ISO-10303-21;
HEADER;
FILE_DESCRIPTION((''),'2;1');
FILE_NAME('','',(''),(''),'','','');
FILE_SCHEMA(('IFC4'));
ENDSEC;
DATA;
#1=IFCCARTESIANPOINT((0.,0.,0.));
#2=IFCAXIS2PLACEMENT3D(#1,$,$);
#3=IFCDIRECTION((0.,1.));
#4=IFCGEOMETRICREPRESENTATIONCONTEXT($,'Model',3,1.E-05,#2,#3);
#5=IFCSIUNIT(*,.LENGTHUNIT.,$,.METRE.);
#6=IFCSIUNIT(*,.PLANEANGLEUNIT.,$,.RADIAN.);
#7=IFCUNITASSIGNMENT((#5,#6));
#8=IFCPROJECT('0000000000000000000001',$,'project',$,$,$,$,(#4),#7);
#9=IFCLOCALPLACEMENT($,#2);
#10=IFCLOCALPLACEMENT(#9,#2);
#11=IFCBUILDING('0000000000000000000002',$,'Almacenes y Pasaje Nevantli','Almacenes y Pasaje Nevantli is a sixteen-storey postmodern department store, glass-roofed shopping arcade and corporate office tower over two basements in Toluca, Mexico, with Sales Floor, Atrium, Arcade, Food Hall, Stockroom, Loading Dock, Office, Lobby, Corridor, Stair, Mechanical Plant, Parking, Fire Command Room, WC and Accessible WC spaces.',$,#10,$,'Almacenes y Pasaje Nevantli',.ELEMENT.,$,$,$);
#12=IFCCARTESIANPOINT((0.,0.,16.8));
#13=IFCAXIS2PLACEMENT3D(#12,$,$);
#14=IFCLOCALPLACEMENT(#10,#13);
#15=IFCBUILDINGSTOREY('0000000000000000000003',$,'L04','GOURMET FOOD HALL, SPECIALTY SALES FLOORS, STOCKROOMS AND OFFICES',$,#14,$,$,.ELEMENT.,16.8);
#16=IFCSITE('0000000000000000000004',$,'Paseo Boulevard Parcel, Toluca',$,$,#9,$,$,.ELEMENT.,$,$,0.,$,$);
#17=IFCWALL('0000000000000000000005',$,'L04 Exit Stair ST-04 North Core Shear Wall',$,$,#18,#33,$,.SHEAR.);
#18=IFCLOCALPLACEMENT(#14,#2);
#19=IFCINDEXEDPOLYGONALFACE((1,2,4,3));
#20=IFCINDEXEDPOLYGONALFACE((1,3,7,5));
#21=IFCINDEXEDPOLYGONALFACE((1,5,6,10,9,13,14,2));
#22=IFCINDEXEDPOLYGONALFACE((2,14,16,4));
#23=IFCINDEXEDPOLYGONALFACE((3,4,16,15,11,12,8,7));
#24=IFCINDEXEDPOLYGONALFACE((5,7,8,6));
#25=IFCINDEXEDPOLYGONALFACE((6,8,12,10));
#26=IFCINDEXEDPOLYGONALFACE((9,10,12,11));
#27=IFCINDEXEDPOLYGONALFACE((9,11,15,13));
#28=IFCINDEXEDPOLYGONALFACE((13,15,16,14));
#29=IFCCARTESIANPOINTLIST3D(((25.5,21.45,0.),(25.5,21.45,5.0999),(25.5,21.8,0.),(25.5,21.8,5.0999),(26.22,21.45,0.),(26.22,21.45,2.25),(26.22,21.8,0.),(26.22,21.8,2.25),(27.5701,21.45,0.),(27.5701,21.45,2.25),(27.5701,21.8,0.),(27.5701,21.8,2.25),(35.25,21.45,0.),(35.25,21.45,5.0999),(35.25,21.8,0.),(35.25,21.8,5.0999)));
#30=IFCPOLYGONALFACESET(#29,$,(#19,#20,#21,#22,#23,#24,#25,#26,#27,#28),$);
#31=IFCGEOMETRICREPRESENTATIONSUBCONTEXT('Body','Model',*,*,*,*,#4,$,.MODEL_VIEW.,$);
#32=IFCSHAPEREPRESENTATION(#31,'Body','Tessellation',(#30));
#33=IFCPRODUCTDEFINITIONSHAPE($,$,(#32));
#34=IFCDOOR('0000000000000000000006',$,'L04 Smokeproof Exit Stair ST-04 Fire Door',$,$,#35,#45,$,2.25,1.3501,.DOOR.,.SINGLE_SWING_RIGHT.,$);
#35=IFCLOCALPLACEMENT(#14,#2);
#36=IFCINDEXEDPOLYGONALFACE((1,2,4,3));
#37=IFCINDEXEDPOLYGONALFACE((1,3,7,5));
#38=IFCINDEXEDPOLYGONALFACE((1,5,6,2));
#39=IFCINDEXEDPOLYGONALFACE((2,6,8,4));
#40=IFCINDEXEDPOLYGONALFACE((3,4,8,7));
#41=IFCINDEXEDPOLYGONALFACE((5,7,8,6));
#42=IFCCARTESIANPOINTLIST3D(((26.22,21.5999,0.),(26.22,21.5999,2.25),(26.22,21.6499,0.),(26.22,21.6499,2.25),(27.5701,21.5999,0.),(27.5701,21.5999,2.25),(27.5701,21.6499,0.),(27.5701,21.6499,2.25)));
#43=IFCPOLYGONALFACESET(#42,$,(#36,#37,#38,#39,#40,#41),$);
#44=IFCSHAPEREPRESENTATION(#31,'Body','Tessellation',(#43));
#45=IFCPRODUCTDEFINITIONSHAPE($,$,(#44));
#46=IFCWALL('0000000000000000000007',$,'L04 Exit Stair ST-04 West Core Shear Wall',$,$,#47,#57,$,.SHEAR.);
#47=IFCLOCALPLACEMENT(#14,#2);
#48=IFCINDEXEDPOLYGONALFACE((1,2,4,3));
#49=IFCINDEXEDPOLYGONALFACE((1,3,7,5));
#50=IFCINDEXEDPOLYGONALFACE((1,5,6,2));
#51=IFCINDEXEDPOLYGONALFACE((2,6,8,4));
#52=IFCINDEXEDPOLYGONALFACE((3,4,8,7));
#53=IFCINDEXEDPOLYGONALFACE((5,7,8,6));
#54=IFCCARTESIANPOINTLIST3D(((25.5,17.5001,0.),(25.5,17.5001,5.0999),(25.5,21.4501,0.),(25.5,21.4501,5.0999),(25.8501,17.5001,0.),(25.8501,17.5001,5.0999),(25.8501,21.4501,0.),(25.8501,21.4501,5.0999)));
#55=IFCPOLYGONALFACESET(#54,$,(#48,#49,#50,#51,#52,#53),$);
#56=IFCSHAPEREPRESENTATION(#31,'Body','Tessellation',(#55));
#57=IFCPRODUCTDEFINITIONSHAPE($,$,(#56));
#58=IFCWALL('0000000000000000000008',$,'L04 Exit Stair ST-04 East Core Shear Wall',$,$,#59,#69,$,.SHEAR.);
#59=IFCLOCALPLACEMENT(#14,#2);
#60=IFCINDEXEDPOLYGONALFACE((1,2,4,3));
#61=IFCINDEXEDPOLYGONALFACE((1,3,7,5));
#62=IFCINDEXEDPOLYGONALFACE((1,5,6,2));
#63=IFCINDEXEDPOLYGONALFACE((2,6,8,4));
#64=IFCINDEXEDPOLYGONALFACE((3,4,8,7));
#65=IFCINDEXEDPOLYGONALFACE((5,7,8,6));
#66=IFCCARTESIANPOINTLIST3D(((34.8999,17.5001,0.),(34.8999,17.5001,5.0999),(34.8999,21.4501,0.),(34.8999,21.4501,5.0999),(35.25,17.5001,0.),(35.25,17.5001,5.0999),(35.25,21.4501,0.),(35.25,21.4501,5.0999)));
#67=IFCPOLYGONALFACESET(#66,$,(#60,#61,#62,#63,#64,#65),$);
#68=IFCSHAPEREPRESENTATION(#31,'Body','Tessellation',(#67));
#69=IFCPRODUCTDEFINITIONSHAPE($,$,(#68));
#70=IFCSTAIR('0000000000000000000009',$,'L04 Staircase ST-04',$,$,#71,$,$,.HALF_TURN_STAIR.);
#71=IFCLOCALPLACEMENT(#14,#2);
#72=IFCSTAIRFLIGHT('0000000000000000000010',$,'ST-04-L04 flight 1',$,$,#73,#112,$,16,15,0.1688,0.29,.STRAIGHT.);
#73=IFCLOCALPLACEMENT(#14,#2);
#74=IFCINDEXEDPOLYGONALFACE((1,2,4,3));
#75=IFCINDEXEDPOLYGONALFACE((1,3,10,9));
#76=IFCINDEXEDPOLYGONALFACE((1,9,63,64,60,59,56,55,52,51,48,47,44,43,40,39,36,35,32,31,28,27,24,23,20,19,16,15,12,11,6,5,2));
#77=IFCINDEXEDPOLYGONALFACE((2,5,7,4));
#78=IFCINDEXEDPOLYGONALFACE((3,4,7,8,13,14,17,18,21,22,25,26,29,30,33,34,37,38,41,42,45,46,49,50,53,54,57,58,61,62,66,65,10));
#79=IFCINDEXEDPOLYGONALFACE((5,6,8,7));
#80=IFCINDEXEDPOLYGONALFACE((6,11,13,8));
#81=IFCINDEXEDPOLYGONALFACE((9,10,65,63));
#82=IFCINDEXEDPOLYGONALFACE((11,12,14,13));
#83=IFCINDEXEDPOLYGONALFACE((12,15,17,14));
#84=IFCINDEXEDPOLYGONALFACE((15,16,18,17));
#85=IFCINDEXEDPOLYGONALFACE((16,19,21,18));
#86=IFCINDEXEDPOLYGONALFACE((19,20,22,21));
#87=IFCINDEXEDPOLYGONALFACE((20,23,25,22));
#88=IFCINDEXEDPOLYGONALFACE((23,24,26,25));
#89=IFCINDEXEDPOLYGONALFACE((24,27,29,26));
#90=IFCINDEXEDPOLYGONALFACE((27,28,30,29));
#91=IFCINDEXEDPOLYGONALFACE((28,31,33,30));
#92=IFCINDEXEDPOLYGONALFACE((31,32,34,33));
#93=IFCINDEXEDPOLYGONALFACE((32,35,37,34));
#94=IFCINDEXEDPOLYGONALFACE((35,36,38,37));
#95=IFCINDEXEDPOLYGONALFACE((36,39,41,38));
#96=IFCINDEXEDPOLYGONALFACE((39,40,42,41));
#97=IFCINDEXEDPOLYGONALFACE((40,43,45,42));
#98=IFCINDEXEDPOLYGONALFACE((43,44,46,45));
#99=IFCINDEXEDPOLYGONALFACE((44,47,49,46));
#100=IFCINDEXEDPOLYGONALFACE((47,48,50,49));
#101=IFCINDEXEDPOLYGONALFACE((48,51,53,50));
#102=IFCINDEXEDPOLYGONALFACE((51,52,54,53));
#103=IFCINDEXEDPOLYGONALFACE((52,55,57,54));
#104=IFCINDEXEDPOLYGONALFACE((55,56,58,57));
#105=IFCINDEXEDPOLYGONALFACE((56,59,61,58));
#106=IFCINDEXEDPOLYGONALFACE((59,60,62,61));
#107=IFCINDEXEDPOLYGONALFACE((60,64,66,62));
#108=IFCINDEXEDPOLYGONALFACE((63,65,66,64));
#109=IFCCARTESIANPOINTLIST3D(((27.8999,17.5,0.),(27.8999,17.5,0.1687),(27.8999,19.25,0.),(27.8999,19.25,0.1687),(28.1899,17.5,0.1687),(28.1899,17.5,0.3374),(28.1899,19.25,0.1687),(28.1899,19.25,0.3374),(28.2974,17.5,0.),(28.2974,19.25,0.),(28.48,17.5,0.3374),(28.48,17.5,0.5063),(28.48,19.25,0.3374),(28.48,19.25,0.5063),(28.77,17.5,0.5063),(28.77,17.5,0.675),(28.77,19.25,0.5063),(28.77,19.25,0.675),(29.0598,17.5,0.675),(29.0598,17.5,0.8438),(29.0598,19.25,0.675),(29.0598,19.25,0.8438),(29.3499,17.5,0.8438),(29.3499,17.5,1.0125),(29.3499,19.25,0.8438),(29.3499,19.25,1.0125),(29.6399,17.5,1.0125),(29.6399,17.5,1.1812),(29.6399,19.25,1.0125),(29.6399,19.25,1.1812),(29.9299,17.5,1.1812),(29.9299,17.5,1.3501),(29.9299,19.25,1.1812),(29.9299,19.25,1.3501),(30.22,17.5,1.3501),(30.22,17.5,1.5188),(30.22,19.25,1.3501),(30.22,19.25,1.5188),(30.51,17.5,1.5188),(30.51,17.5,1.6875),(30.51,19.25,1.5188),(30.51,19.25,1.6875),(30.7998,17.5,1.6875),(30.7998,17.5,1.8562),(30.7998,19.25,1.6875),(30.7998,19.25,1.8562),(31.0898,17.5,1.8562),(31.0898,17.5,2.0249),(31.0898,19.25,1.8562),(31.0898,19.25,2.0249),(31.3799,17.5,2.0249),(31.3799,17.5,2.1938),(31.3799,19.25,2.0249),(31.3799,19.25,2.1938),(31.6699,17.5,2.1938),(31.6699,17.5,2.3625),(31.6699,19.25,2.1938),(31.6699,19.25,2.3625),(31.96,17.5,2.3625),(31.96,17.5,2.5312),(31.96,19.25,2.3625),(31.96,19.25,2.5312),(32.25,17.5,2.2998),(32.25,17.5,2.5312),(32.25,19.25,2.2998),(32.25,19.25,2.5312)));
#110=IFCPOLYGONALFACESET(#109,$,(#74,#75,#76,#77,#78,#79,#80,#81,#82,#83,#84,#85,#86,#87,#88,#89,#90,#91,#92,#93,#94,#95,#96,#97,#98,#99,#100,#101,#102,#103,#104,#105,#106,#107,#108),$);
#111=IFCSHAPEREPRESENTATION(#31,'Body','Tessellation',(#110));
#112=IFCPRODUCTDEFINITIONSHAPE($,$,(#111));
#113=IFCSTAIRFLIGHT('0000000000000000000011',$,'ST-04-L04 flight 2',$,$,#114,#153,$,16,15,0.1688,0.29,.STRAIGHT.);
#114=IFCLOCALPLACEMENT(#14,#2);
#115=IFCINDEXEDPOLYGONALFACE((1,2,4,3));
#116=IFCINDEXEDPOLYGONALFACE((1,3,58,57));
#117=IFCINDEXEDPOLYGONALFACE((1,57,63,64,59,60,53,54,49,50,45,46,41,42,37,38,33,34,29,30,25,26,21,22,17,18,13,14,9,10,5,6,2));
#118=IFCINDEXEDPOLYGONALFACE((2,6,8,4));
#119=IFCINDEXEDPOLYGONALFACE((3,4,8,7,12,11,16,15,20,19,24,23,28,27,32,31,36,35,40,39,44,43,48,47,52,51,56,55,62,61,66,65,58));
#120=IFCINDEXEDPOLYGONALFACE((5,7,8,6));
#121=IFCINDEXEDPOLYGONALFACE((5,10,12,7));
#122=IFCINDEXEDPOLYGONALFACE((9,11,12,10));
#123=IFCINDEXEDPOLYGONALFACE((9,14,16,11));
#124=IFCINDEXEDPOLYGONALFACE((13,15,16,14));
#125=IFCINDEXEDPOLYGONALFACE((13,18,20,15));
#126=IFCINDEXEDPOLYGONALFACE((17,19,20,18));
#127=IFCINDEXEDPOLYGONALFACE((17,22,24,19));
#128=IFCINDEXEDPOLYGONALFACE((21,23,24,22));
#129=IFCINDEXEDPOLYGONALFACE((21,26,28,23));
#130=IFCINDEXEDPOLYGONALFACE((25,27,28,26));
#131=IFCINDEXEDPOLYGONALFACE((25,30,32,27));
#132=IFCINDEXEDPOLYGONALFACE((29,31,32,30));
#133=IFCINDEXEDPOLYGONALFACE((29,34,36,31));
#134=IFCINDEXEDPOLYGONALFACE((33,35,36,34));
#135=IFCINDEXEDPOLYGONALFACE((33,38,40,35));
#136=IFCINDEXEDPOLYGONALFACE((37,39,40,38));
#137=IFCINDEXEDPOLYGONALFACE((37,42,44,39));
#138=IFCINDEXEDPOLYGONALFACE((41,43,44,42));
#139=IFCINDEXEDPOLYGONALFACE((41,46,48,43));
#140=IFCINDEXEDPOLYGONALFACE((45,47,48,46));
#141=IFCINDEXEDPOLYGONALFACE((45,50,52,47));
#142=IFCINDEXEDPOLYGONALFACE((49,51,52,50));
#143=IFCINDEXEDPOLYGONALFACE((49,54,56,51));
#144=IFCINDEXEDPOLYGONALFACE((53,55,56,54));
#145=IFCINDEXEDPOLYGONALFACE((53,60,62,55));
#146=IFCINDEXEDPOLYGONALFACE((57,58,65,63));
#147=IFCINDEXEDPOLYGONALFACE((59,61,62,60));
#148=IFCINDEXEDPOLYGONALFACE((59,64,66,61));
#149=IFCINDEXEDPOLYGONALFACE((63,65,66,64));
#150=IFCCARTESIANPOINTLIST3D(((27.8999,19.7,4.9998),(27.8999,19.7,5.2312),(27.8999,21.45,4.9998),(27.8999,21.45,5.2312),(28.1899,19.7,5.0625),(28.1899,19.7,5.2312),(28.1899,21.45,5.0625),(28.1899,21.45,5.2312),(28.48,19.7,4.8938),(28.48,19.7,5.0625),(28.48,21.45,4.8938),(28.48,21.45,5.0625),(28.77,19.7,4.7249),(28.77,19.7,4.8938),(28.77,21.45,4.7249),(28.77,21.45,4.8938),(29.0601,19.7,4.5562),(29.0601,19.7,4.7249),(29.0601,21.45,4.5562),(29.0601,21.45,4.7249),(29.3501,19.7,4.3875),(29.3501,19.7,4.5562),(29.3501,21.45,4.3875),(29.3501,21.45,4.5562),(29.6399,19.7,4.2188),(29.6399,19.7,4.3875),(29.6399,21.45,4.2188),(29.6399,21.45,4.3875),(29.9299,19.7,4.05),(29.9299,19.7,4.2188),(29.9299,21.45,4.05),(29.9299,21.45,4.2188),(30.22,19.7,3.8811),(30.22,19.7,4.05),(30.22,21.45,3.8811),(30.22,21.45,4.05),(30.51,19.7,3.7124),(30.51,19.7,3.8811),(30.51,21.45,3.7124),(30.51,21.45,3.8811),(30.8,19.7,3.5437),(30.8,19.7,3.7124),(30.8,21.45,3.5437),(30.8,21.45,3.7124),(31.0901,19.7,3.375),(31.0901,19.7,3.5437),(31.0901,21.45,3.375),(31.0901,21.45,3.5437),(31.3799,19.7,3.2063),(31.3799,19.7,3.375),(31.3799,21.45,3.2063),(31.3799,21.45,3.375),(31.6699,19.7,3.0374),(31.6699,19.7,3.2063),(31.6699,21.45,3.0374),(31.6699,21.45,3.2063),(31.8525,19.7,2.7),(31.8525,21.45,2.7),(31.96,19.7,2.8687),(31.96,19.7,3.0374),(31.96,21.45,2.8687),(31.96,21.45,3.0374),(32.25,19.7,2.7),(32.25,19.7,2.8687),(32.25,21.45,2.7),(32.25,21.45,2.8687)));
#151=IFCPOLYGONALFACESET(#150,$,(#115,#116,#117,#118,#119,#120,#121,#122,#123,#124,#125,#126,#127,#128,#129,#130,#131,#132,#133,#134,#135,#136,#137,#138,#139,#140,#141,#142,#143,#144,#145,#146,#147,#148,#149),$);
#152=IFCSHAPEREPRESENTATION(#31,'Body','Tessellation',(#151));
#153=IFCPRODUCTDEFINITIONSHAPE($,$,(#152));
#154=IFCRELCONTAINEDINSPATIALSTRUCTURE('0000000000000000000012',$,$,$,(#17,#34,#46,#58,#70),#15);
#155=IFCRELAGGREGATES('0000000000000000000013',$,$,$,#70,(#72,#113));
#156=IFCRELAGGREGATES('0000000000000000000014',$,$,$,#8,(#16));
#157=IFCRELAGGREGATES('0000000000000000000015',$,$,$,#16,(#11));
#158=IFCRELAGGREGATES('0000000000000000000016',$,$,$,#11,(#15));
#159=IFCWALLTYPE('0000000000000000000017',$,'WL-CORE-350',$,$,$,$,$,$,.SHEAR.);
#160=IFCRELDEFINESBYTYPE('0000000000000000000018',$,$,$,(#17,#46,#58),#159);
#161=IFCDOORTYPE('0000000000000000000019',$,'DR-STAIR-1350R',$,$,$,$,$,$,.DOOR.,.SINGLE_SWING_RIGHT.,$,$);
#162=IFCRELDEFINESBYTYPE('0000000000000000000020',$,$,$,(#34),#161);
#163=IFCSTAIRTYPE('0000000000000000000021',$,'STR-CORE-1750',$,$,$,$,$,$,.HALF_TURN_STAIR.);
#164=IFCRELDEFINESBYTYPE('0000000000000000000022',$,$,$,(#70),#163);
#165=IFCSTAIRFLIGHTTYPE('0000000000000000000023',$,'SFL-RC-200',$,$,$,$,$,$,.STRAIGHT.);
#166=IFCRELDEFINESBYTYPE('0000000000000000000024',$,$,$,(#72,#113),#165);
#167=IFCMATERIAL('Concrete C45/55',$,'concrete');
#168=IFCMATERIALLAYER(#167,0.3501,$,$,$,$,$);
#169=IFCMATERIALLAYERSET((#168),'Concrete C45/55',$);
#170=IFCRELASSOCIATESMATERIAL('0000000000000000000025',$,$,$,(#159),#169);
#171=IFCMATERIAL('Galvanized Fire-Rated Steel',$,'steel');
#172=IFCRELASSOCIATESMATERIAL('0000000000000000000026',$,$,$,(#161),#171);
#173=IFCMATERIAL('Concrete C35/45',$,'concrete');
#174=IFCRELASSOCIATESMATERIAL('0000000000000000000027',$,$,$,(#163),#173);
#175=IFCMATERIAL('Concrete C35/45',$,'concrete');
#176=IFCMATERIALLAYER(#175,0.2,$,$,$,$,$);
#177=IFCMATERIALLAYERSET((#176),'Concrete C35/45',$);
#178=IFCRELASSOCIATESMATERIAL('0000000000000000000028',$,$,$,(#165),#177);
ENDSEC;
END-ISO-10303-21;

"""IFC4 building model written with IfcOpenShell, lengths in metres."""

from ifc_helpers import new_model, si_unit, direction, frame, frame_2d, origin, place, context, subcontext, project, spatial, polyline, rectangle, outline, extrude, material, layer, layer_set, type_object, element, fill, aggregate, save


model = new_model("IFC4")

# Units and contexts
model_context = context("Model", 3, precision=1e-05, world=origin(), true_north=direction((0.0, 1.0)))
body_context = subcontext(model_context, "Body", "Model", "MODEL_VIEW")
ifc_project = project(units=[si_unit("LENGTHUNIT", "METRE"), si_unit("PLANEANGLEUNIT", "RADIAN")], contexts=[model_context])

# Site, building, storey
site_placement = place(None, origin())
site = spatial("IfcSite", under=ifc_project, at=site_placement, Name="Paseo Boulevard Parcel, Toluca", CompositionType="ELEMENT", RefElevation=0.0)
building_placement = place(site_placement, origin())
building = spatial("IfcBuilding", under=site, at=building_placement, Name="Almacenes y Pasaje Nevantli", Description="Almacenes y Pasaje Nevantli is a sixteen-storey postmodern department store, glass-roofed shopping arcade and corporate office tower over two basements in Toluca, Mexico, with Sales Floor, Atrium, Arcade, Food Hall, Stockroom, Loading Dock, Office, Lobby, Corridor, Stair, Mechanical Plant, Parking, Fire Command Room, WC and Accessible WC spaces.", LongName="Almacenes y Pasaje Nevantli", CompositionType="ELEMENT")
storey_placement = place(building_placement, frame((0.0, 0.0, 16.8)))
storey = spatial("IfcBuildingStorey", under=building, at=storey_placement, Name="L04", Description="GOURMET FOOD HALL, SPECIALTY SALES FLOORS, STOCKROOMS AND OFFICES", CompositionType="ELEMENT", Elevation=16.8)

# Shared definitions
ifc_material_1 = material(Name="Concrete C45/55", Category="concrete")
ifc_layer_1 = layer(ifc_material_1, 0.3501)
ifc_layer_set_1 = layer_set([ifc_layer_1], Name="Concrete C45/55")
wall_type = type_object("IfcWallType", Name="WL-CORE-350", PredefinedType="SHEAR", material=ifc_layer_set_1)

# Wall, opening, door
wall_1_placement = place(storey_placement, frame((25.5, 21.625, 0.0), z_axis=(0.0, 0.0, 1.0), x_axis=(1.0, 0.0, 0.0)))
wall_1 = element("IfcWall", 1, at=wall_1_placement, inside=storey, type_object=wall_type, Name="L04 Exit Stair ST-04 North Core Shear Wall", PredefinedType="SHEAR", context=body_context, shape_type="SweptSolid", body=[
    extrude(rectangle(XDim=9.75, YDim=0.3501, at=frame_2d((4.875, 0.0))), origin(), (0.0, 0.0, 1.0), 5.0999),
])
opening_placement = place(wall_1_placement, frame((0.72, 0.0, 0.0)))
opening = element("IfcOpeningElement", 2, at=opening_placement, cuts=wall_1, PredefinedType="OPENING", context=body_context, shape_type="SweptSolid", body=[
    extrude(rectangle(XDim=1.3501, YDim=2.25, at=frame_2d((0.675, 1.125))), frame((0.0, 0.1851, 0.0), z_axis=(0.0, -1.0, 0.0), x_axis=(1.0, 0.0, 0.0)), (0.0, 0.0, 1.0), 0.3701),
])
ifc_material_2 = material(Name="Galvanized Fire-Rated Steel", Category="steel")
door_type = type_object("IfcDoorType", Name="DR-STAIR-1350R", OperationType="SINGLE_SWING_RIGHT", PredefinedType="DOOR", material=ifc_material_2)
door_placement = place(opening_placement, origin())
door = element("IfcDoor", 3, at=door_placement, inside=storey, type_object=door_type, Name="L04 Smokeproof Exit Stair ST-04 Fire Door", OperationType="SINGLE_SWING_RIGHT", OverallHeight=2.25, OverallWidth=1.3501, PredefinedType="DOOR", context=body_context, shape_type="SweptSolid", body=[
    extrude(rectangle(XDim=1.3501, YDim=2.25, at=frame_2d((0.675, 1.125))), frame((0.0, 0.0249, 0.0), z_axis=(0.0, -1.0, 0.0), x_axis=(1.0, 0.0, 0.0)), (0.0, 0.0, 1.0), 0.05),
])
fill(opening, door)

# Walls
for number, where, z_axis, x_axis, name in (
    (4, (25.675, 17.5, 0.0), (0.0, 0.0, 1.0), (0.0, 1.0, 0.0), "L04 Exit Stair ST-04 West Core Shear Wall"),
    (5, (35.075, 17.5, 0.0), (0.0, 0.0, 1.0), (0.0, 1.0, 0.0), "L04 Exit Stair ST-04 East Core Shear Wall"),
):
    element("IfcWall", number, at=place(storey_placement, frame(where, z_axis=z_axis, x_axis=x_axis)), inside=storey, type_object=wall_type, Name=name, PredefinedType="SHEAR", context=body_context, shape_type="SweptSolid", body=[
        extrude(rectangle(XDim=3.95, YDim=0.3501, at=frame_2d((1.9751, 0.0))), origin(), (0.0, 0.0, 1.0), 5.0999),
    ])

# Stair, stair flights
ifc_material_3 = material(Name="Concrete C35/45", Category="concrete")
stair_type = type_object("IfcStairType", Name="STR-CORE-1750", PredefinedType="HALF_TURN_STAIR", material=ifc_material_3)
stair_placement = place(storey_placement, origin())
stair = element("IfcStair", 6, at=stair_placement, inside=storey, type_object=stair_type, Name="L04 Staircase ST-04", PredefinedType="HALF_TURN_STAIR")
ifc_material_4 = material(Name="Concrete C35/45", Category="concrete")
ifc_layer_2 = layer(ifc_material_4, 0.2)
ifc_layer_set_2 = layer_set([ifc_layer_2], Name="Concrete C35/45")
stair_flight_type = type_object("IfcStairFlightType", Name="SFL-RC-200", PredefinedType="STRAIGHT", material=ifc_layer_set_2)
stair_flight_1_placement = place(storey_placement, frame((27.8999, 18.375, 0.0), z_axis=(0.0, 0.0, 1.0), x_axis=(1.0, 0.0, 0.0)))
stair_flight_1 = element("IfcStairFlight", 7, at=stair_flight_1_placement, type_object=stair_flight_type, Name="ST-04-L04 flight 1", NumberOfRisers=16, NumberOfTreads=15, PredefinedType="STRAIGHT", RiserHeight=0.1688, TreadLength=0.29, context=body_context, shape_type="SweptSolid", body=[
    extrude(outline(polyline([(0.0, 0.0), (0.0, 0.1687), (0.29, 0.1687), (0.29, 0.3374), (0.5801, 0.3374), (0.5801, 0.5063), (0.8701, 0.5063), (0.8701, 0.675), (1.1599, 0.675), (1.1599, 0.8438), (1.45, 0.8438), (1.45, 1.0125), (1.74, 1.0125), (1.74, 1.1812), (2.03, 1.1812), (2.03, 1.3501), (2.3201, 1.3501), (2.3201, 1.5188), (2.6101, 1.5188), (2.6101, 1.6875), (2.8999, 1.6875), (2.8999, 1.8562), (3.1899, 1.8562), (3.1899, 2.0249), (3.48, 2.0249), (3.48, 2.1938), (3.77, 2.1938), (3.77, 2.3625), (4.0601, 2.3625), (4.0601, 2.5312), (4.3501, 2.5312), (4.3501, 2.7), (4.3501, 2.2998), (0.3975, 0.0), (0.0, 0.0)])), frame((0.0, 0.875, 0.0), z_axis=(0.0, -1.0, 0.0), x_axis=(1.0, 0.0, 0.0)), (0.0, 0.0, 1.0), 1.75),
])
stair_flight_2_placement = place(storey_placement, frame((32.25, 20.575, 2.7), z_axis=(0.0, 0.0, 1.0), x_axis=(-1.0, 0.0, 0.0)))
stair_flight_2 = element("IfcStairFlight", 8, at=stair_flight_2_placement, type_object=stair_flight_type, Name="ST-04-L04 flight 2", NumberOfRisers=16, NumberOfTreads=15, PredefinedType="STRAIGHT", RiserHeight=0.1688, TreadLength=0.29, context=body_context, shape_type="SweptSolid", body=[
    extrude(outline(polyline([(0.0, 0.0), (0.0, 0.1687), (0.29, 0.1687), (0.29, 0.3374), (0.5801, 0.3374), (0.5801, 0.5063), (0.8701, 0.5063), (0.8701, 0.675), (1.1599, 0.675), (1.1599, 0.8438), (1.45, 0.8438), (1.45, 1.0125), (1.74, 1.0125), (1.74, 1.1812), (2.03, 1.1812), (2.03, 1.3501), (2.3201, 1.3501), (2.3201, 1.5188), (2.6101, 1.5188), (2.6101, 1.6875), (2.8999, 1.6875), (2.8999, 1.8562), (3.1899, 1.8562), (3.1899, 2.0249), (3.48, 2.0249), (3.48, 2.1938), (3.77, 2.1938), (3.77, 2.3625), (4.0601, 2.3625), (4.0601, 2.5312), (4.3501, 2.5312), (4.3501, 2.7), (4.3501, 2.2998), (0.3975, 0.0), (0.0, 0.0)])), frame((0.0, 0.875, 0.0), z_axis=(0.0, -1.0, 0.0), x_axis=(1.0, 0.0, 0.0)), (0.0, 0.0, 1.0), 1.75),
])
aggregate(stair, [stair_flight_1, stair_flight_2])

save(model, "model.ifc")
